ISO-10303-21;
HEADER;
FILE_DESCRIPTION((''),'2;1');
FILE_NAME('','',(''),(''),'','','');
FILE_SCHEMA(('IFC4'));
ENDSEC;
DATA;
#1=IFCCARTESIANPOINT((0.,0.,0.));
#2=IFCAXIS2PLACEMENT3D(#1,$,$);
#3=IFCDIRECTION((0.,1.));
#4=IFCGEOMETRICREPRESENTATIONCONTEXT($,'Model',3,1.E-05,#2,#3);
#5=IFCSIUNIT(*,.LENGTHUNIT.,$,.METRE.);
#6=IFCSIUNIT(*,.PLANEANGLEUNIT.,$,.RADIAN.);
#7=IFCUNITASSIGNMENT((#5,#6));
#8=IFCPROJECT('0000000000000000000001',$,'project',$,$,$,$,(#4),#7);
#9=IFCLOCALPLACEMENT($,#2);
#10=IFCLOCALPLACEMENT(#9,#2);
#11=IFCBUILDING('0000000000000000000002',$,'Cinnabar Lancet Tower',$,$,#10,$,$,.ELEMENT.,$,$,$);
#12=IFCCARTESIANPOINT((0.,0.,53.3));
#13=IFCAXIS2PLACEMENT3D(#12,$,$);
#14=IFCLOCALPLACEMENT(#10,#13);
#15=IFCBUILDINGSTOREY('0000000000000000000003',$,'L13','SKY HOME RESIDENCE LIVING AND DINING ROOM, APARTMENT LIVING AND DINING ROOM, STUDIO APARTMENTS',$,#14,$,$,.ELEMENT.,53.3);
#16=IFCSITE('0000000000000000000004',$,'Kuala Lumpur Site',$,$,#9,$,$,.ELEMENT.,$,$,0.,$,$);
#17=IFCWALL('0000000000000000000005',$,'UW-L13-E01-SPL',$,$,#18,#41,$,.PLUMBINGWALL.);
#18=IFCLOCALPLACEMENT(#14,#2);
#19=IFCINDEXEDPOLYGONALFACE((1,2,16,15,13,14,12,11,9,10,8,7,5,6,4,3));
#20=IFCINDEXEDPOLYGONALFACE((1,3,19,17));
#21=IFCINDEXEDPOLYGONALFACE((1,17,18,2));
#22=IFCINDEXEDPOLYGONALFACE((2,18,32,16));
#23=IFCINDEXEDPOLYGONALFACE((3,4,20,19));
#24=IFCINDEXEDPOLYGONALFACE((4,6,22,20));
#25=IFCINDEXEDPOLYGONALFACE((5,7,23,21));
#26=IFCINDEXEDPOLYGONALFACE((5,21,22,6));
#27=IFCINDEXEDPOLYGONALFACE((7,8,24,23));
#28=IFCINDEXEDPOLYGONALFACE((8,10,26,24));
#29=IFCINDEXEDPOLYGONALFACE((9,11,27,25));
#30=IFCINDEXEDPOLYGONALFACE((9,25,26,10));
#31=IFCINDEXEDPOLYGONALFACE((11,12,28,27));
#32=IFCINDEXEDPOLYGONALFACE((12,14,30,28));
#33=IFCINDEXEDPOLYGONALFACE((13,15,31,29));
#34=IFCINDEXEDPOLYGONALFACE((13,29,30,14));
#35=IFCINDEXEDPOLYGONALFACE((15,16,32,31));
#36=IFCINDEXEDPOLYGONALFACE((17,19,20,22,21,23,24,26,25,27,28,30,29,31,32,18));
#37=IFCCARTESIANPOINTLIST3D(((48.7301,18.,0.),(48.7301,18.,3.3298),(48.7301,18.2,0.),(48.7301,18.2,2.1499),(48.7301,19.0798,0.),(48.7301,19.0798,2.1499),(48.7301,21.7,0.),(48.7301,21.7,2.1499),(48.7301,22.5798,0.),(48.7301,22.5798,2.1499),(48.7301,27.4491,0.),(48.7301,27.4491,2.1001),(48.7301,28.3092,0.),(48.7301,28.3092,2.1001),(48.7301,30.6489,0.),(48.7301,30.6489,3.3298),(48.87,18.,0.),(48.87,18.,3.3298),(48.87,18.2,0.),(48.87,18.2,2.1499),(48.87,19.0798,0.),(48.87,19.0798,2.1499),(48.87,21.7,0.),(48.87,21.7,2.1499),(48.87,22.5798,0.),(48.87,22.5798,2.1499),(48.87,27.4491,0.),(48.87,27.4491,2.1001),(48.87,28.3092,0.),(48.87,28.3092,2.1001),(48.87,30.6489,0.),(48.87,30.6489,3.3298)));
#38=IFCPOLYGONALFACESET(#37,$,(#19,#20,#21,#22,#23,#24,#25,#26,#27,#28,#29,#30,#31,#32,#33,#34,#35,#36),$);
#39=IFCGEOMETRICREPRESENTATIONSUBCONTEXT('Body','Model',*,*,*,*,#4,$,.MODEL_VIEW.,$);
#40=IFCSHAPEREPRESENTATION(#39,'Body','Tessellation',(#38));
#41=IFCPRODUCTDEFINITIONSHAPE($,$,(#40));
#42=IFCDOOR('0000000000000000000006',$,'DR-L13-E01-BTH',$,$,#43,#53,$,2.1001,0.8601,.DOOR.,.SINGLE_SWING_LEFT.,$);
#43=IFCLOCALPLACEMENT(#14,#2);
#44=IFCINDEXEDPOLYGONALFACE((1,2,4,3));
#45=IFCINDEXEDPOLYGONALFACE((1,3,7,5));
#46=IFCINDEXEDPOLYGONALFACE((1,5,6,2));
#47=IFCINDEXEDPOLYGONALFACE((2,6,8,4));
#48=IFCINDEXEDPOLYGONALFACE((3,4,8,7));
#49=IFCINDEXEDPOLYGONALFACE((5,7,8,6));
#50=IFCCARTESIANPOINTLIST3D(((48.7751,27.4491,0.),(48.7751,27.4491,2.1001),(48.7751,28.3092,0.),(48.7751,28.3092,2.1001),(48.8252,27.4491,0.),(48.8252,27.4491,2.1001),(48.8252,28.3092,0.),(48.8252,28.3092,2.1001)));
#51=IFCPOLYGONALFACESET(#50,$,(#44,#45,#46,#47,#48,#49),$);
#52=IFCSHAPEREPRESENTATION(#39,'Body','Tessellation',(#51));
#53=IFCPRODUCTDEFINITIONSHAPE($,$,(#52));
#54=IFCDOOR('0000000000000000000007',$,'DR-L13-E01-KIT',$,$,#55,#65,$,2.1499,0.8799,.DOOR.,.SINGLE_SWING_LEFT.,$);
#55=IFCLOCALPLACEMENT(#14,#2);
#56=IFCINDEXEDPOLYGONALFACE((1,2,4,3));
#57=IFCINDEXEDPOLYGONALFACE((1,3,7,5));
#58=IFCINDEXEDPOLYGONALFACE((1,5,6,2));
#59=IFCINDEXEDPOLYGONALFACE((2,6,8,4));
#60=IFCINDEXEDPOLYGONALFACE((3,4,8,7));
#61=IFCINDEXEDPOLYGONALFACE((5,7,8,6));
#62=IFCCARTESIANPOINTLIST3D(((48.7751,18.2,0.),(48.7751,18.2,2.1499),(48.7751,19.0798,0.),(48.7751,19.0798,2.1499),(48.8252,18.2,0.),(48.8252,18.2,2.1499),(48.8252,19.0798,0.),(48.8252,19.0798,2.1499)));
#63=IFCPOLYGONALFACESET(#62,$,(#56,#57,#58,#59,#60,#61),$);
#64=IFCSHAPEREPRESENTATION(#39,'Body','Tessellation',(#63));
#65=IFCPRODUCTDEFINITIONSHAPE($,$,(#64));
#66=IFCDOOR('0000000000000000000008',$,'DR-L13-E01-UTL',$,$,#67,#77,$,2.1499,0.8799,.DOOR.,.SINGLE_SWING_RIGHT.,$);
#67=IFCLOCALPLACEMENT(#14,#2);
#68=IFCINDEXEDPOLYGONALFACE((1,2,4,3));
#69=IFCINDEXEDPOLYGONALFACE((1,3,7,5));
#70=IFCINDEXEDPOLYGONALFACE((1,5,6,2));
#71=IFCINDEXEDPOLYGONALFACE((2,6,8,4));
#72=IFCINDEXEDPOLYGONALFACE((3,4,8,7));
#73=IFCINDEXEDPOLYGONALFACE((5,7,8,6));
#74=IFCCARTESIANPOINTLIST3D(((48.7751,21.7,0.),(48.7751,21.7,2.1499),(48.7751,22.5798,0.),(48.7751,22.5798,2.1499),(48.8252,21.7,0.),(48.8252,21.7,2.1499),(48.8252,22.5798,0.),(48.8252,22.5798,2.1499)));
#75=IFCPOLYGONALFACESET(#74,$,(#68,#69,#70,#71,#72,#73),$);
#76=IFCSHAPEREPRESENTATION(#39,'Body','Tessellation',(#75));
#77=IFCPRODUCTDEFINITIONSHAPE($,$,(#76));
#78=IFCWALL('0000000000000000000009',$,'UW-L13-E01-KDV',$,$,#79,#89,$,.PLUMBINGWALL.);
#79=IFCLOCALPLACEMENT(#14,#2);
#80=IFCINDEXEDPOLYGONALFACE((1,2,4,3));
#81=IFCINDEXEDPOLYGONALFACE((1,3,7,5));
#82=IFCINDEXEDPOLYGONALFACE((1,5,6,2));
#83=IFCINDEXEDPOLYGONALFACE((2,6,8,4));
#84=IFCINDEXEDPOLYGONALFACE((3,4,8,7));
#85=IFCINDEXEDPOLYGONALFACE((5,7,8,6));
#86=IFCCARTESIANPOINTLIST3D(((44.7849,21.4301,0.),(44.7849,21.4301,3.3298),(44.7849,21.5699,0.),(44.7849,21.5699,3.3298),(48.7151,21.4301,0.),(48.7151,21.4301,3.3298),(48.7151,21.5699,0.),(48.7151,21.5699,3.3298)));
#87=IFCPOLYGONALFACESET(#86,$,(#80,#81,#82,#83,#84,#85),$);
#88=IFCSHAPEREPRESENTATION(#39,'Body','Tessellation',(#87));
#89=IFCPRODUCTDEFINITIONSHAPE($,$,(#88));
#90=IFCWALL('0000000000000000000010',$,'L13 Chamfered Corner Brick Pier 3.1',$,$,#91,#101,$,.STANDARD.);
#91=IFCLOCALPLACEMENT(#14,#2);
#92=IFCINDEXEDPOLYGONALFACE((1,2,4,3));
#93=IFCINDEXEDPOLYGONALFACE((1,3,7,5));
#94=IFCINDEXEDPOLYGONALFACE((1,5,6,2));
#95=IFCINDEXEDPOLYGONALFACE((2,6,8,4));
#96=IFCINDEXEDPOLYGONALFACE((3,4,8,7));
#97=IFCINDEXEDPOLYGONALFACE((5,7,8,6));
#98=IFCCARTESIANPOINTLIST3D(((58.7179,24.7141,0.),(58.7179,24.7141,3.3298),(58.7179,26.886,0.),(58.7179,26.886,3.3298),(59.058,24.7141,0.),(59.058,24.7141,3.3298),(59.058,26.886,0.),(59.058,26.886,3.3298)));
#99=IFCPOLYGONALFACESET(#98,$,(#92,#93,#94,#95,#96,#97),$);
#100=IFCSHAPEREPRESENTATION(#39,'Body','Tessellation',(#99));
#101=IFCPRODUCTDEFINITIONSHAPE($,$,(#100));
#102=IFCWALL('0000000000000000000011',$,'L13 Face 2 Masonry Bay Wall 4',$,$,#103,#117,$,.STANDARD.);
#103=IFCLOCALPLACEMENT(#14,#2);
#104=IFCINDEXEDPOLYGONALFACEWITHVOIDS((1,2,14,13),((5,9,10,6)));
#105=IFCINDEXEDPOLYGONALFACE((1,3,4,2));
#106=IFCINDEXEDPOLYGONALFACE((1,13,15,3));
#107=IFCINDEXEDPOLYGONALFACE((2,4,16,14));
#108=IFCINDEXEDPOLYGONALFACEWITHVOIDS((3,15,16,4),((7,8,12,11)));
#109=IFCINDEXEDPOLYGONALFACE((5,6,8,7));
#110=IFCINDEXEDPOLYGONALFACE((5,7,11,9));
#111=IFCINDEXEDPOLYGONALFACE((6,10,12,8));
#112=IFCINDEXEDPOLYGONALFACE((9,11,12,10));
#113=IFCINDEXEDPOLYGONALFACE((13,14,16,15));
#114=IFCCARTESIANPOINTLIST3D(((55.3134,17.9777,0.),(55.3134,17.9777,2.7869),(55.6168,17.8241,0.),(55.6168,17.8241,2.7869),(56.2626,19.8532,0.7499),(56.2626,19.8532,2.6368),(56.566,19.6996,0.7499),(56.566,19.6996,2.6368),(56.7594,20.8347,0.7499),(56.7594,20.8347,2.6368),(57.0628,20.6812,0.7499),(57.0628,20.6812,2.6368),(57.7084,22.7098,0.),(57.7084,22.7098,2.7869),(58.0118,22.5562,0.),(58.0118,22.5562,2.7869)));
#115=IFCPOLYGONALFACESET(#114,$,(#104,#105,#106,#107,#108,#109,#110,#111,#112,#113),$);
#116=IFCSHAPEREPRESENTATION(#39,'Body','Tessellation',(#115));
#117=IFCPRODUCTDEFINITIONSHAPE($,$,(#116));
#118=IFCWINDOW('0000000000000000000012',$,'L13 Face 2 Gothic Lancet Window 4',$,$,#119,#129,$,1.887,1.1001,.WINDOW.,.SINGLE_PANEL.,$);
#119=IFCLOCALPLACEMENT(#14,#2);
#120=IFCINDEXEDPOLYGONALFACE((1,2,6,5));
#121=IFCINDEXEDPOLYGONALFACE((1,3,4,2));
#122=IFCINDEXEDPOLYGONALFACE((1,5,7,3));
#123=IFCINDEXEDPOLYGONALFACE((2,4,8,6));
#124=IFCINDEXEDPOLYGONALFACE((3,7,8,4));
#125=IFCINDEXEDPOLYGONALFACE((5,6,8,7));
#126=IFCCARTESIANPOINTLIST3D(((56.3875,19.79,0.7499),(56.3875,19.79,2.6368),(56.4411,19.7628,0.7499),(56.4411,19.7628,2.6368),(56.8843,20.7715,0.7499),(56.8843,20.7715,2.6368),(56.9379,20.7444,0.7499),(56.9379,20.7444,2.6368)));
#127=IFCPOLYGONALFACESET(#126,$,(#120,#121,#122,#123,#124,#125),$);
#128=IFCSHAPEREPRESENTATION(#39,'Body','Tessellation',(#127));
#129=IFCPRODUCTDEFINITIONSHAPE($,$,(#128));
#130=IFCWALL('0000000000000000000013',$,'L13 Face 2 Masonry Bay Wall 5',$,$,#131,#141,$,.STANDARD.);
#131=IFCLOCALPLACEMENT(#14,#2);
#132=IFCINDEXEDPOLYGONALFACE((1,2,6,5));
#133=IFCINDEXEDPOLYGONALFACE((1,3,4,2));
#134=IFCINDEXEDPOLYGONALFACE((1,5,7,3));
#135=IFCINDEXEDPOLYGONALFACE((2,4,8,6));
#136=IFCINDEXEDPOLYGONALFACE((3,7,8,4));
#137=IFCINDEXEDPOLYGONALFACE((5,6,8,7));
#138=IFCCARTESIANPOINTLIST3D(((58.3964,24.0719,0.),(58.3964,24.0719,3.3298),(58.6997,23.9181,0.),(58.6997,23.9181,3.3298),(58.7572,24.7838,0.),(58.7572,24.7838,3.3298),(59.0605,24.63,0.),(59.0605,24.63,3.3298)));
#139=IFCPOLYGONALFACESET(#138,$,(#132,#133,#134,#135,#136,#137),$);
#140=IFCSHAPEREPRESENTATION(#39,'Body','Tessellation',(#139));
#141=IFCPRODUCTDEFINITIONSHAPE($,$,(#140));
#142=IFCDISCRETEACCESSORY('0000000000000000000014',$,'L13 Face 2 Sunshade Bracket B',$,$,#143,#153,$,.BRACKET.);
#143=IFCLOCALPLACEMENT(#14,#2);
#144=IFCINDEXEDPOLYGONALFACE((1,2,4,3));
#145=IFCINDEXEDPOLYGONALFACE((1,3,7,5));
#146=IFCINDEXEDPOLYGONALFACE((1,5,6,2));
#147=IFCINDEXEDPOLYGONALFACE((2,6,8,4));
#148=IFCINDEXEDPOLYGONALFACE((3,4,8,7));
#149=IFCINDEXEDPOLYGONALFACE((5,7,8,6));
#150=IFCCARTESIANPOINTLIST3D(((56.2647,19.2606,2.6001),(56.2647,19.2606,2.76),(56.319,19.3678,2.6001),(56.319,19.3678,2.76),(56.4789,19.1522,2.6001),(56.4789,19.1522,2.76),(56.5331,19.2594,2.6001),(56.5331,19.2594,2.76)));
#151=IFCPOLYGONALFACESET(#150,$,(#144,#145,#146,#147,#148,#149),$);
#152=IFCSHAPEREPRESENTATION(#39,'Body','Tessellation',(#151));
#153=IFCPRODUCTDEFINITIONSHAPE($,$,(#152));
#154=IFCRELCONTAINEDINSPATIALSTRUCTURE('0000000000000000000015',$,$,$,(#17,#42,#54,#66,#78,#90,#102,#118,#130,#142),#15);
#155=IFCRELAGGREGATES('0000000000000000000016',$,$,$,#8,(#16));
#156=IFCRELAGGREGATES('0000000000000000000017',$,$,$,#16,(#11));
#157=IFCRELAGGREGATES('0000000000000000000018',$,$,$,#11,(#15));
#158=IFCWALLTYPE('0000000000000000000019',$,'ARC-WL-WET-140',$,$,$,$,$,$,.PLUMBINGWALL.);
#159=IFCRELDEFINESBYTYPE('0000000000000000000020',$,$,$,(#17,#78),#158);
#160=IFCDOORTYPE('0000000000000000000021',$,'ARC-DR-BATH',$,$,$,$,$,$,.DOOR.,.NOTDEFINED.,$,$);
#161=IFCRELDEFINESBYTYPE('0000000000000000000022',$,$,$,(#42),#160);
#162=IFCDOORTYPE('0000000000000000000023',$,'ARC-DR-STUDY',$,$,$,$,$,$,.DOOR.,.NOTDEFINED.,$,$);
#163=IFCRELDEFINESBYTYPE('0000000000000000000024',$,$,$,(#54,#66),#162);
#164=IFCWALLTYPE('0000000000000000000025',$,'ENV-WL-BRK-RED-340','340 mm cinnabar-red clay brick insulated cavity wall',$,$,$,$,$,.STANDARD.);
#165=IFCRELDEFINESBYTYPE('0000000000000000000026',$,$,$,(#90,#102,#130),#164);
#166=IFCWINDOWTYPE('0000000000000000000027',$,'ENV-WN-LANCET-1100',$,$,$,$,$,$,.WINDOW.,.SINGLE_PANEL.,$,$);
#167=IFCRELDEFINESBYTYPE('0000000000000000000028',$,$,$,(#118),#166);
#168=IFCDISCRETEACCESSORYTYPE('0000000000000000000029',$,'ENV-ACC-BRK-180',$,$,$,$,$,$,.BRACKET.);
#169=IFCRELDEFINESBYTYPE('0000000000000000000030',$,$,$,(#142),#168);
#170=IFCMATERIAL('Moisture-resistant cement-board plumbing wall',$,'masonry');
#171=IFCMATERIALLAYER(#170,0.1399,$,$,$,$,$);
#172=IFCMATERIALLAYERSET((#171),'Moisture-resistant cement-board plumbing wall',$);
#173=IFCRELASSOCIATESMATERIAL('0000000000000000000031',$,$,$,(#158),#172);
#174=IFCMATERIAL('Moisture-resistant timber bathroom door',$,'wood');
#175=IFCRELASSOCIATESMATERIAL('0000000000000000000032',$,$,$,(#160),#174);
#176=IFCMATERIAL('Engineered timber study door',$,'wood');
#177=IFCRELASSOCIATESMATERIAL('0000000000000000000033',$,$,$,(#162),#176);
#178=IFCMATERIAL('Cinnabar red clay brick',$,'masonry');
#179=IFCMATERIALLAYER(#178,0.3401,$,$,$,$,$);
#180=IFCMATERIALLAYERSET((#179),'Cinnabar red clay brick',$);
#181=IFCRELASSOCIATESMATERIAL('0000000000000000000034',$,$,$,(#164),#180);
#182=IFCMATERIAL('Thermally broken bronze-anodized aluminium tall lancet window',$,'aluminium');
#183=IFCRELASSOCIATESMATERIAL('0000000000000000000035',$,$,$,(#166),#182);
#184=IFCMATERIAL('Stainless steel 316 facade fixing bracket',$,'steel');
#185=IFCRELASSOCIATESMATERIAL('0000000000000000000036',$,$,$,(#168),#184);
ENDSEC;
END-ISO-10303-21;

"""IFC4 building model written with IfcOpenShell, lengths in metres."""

from ifc_helpers import new_model, si_unit, direction, frame, frame_2d, origin, origin_2d, place, context, subcontext, project, spatial, rectangle, extrude, material, layer, layer_set, type_object, element, fill, save


model = new_model("IFC4")

# Units and contexts
model_context = context("Model", 3, precision=1e-05, world=origin(), true_north=direction((0.0, 1.0)))
body_context = subcontext(model_context, "Body", "Model", "MODEL_VIEW")
ifc_project = project(units=[si_unit("LENGTHUNIT", "METRE"), si_unit("PLANEANGLEUNIT", "RADIAN")], contexts=[model_context])

# Site, building, storey
site_placement = place(None, origin())
site = spatial("IfcSite", under=ifc_project, at=site_placement, Name="Kuala Lumpur Site", CompositionType="ELEMENT", RefElevation=0.0)
building_placement = place(site_placement, origin())
building = spatial("IfcBuilding", under=site, at=building_placement, Name="Cinnabar Lancet Tower", CompositionType="ELEMENT")
storey_placement = place(building_placement, frame((0.0, 0.0, 53.3)))
storey = spatial("IfcBuildingStorey", under=building, at=storey_placement, Name="L13", Description="SKY HOME RESIDENCE LIVING AND DINING ROOM, APARTMENT LIVING AND DINING ROOM, STUDIO APARTMENTS", CompositionType="ELEMENT", Elevation=53.3)

# Wall, openings, doors
ifc_material_1 = material(Name="Moisture-resistant cement-board plumbing wall", Category="masonry")
ifc_layer_1 = layer(ifc_material_1, 0.1399)
ifc_layer_set_1 = layer_set([ifc_layer_1], Name="Moisture-resistant cement-board plumbing wall")
wall_type_1 = type_object("IfcWallType", Name="ARC-WL-WET-140", PredefinedType="PLUMBINGWALL", material=ifc_layer_set_1)
wall_1_placement = place(storey_placement, frame((48.8, 18.0, 0.0), z_axis=(0.0, 0.0, 1.0), x_axis=(0.0, 1.0, 0.0)))
wall_1 = element("IfcWall", 1, at=wall_1_placement, inside=storey, type_object=wall_type_1, Name="UW-L13-E01-SPL", PredefinedType="PLUMBINGWALL", context=body_context, shape_type="SweptSolid", body=[
    extrude(rectangle(XDim=12.6489, YDim=0.1399, at=frame_2d((6.3245, 0.0))), origin(), (0.0, 0.0, 1.0), 3.3298),
])
opening_1_placement = place(wall_1_placement, frame((0.2, 0.0, 0.0)))
opening_1 = element("IfcOpeningElement", 2, at=opening_1_placement, cuts=wall_1, PredefinedType="OPENING", context=body_context, shape_type="SweptSolid", body=[
    extrude(rectangle(XDim=0.8799, YDim=2.1499, at=frame_2d((0.4399, 1.075))), frame((0.0, 0.0798, 0.0), z_axis=(0.0, -1.0, 0.0), x_axis=(1.0, 0.0, 0.0)), (0.0, 0.0, 1.0), 0.1599),
])
opening_2_placement = place(wall_1_placement, frame((3.7, 0.0, 0.0)))
opening_2 = element("IfcOpeningElement", 3, at=opening_2_placement, cuts=wall_1, PredefinedType="OPENING", context=body_context, shape_type="SweptSolid", body=[
    extrude(rectangle(XDim=0.8799, YDim=2.1499, at=frame_2d((0.4399, 1.075))), frame((0.0, 0.0798, 0.0), z_axis=(0.0, -1.0, 0.0), x_axis=(1.0, 0.0, 0.0)), (0.0, 0.0, 1.0), 0.1599),
])
opening_3_placement = place(wall_1_placement, frame((9.449, 0.0, 0.0)))
opening_3 = element("IfcOpeningElement", 4, at=opening_3_placement, cuts=wall_1, PredefinedType="OPENING", context=body_context, shape_type="SweptSolid", body=[
    extrude(rectangle(XDim=0.8601, YDim=2.1001, at=frame_2d((0.4302, 1.05))), frame((0.0, 0.0798, 0.0), z_axis=(0.0, -1.0, 0.0), x_axis=(1.0, 0.0, 0.0)), (0.0, 0.0, 1.0), 0.1599),
])
ifc_material_2 = material(Name="Moisture-resistant timber bathroom door", Category="wood")
door_type_1 = type_object("IfcDoorType", Name="ARC-DR-BATH", OperationType="NOTDEFINED", PredefinedType="DOOR", material=ifc_material_2)
door_1_placement = place(opening_3_placement, origin())
door_1 = element("IfcDoor", 5, at=door_1_placement, inside=storey, type_object=door_type_1, Name="DR-L13-E01-BTH", OperationType="SINGLE_SWING_LEFT", OverallHeight=2.1001, OverallWidth=0.8601, PredefinedType="DOOR", context=body_context, shape_type="SweptSolid", body=[
    extrude(rectangle(XDim=0.8601, YDim=2.1001, at=frame_2d((0.4302, 1.05))), frame((0.0, 0.0249, 0.0), z_axis=(0.0, -1.0, 0.0), x_axis=(1.0, 0.0, 0.0)), (0.0, 0.0, 1.0), 0.05),
])
fill(opening_3, door_1)
ifc_material_3 = material(Name="Engineered timber study door", Category="wood")
door_type_2 = type_object("IfcDoorType", Name="ARC-DR-STUDY", OperationType="NOTDEFINED", PredefinedType="DOOR", material=ifc_material_3)
door_2_placement = place(opening_1_placement, origin())
door_2 = element("IfcDoor", 6, at=door_2_placement, inside=storey, type_object=door_type_2, Name="DR-L13-E01-KIT", OperationType="SINGLE_SWING_LEFT", OverallHeight=2.1499, OverallWidth=0.8799, PredefinedType="DOOR", context=body_context, shape_type="SweptSolid", body=[
    extrude(rectangle(XDim=0.8799, YDim=2.1499, at=frame_2d((0.4399, 1.075))), frame((0.0, 0.0249, 0.0), z_axis=(0.0, -1.0, 0.0), x_axis=(1.0, 0.0, 0.0)), (0.0, 0.0, 1.0), 0.05),
])
fill(opening_1, door_2)
door_3_placement = place(opening_2_placement, origin())
door_3 = element("IfcDoor", 7, at=door_3_placement, inside=storey, type_object=door_type_2, Name="DR-L13-E01-UTL", OperationType="SINGLE_SWING_RIGHT", OverallHeight=2.1499, OverallWidth=0.8799, PredefinedType="DOOR", context=body_context, shape_type="SweptSolid", body=[
    extrude(rectangle(XDim=0.8799, YDim=2.1499, at=frame_2d((0.4399, 1.075))), frame((0.0, 0.0249, 0.0), z_axis=(0.0, -1.0, 0.0), x_axis=(1.0, 0.0, 0.0)), (0.0, 0.0, 1.0), 0.05),
])
fill(opening_2, door_3)

# Walls
wall_2_placement = place(storey_placement, frame((44.7849, 21.5, 0.0), z_axis=(0.0, 0.0, 1.0), x_axis=(1.0, 0.0, 0.0)))
element("IfcWall", 8, at=wall_2_placement, inside=storey, type_object=wall_type_1, Name="UW-L13-E01-KDV", PredefinedType="PLUMBINGWALL", context=body_context, shape_type="SweptSolid", body=[
    extrude(rectangle(XDim=3.9302, YDim=0.1399, at=frame_2d((1.9651, 0.0))), origin(), (0.0, 0.0, 1.0), 3.3298),
])
ifc_material_4 = material(Name="Cinnabar red clay brick", Category="masonry")
ifc_layer_2 = layer(ifc_material_4, 0.3401)
ifc_layer_set_2 = layer_set([ifc_layer_2], Name="Cinnabar red clay brick")
wall_type_2 = type_object("IfcWallType", Name="ENV-WL-BRK-RED-340", Description="340 mm cinnabar-red clay brick insulated cavity wall", PredefinedType="STANDARD", material=ifc_layer_set_2)
wall_3_placement = place(storey_placement, frame((58.8879, 24.7141, 0.0), z_axis=(0.0, 0.0, 1.0), x_axis=(0.0, 1.0, 0.0)))
element("IfcWall", 9, at=wall_3_placement, inside=storey, type_object=wall_type_2, Name="L13 Chamfered Corner Brick Pier 3.1", PredefinedType="STANDARD", context=body_context, shape_type="SweptSolid", body=[
    extrude(rectangle(XDim=2.1719, YDim=0.3401, at=frame_2d((1.0859, 0.0))), origin(), (0.0, 0.0, 1.0), 3.3298),
])

# Wall, opening, window
wall_4_placement = place(storey_placement, frame((55.4651, 17.9009, 0.0), z_axis=(0.0, 0.0, 1.0), x_axis=(0.451572, 0.892235, 0.0)))
wall_4 = element("IfcWall", 10, at=wall_4_placement, inside=storey, type_object=wall_type_2, Name="L13 Face 2 Masonry Bay Wall 4", PredefinedType="STANDARD", context=body_context, shape_type="SweptSolid", body=[
    extrude(rectangle(XDim=5.3037, YDim=0.3401, at=frame_2d((2.6519, 0.0))), origin(), (0.0, 0.0, 1.0), 2.7869),
])
opening_4_placement = place(wall_4_placement, frame((2.1021, 0.0, 0.75)))
opening_4 = element("IfcOpeningElement", 11, at=opening_4_placement, cuts=wall_4, PredefinedType="OPENING", context=body_context, shape_type="SweptSolid", body=[
    extrude(rectangle(XDim=1.1001, YDim=1.887, at=frame_2d((0.55, 0.9434))), frame((0.0, 0.1799, 0.0), z_axis=(0.0, -1.0, 0.0), x_axis=(1.0, 0.0, 0.0)), (0.0, 0.0, 1.0), 0.3601),
])
ifc_material_5 = material(Name="Thermally broken bronze-anodized aluminium tall lancet window", Category="aluminium")
window_type = type_object("IfcWindowType", Name="ENV-WN-LANCET-1100", PartitioningType="SINGLE_PANEL", PredefinedType="WINDOW", material=ifc_material_5)
window_placement = place(opening_4_placement, origin())
window = element("IfcWindow", 12, at=window_placement, inside=storey, type_object=window_type, Name="L13 Face 2 Gothic Lancet Window 4", OverallHeight=1.887, OverallWidth=1.1001, PartitioningType="SINGLE_PANEL", PredefinedType="WINDOW", context=body_context, shape_type="SweptSolid", body=[
    extrude(rectangle(XDim=1.1001, YDim=1.887, at=frame_2d((0.55, 0.9434))), frame((0.0, 0.03, 0.0), z_axis=(0.0, -1.0, 0.0), x_axis=(1.0, 0.0, 0.0)), (0.0, 0.0, 1.0), 0.0601),
])
fill(opening_4, window)

# Wall
wall_5_placement = place(storey_placement, frame((58.5481, 23.9951, 0.0), z_axis=(0.0, 0.0, 1.0), x_axis=(0.452101, 0.891967, 0.0)))
element("IfcWall", 13, at=wall_5_placement, inside=storey, type_object=wall_type_2, Name="L13 Face 2 Masonry Bay Wall 5", PredefinedType="STANDARD", context=body_context, shape_type="SweptSolid", body=[
    extrude(rectangle(XDim=0.7981, YDim=0.3401, at=frame_2d((0.3989, 0.0))), origin(), (0.0, 0.0, 1.0), 3.3298),
])

# Discrete accessory
ifc_material_6 = material(Name="Stainless steel 316 facade fixing bracket", Category="steel")
discrete_accessory_type = type_object("IfcDiscreteAccessoryType", Name="ENV-ACC-BRK-180", PredefinedType="BRACKET", material=ifc_material_6)
discrete_accessory_placement = place(storey_placement, frame((56.3989, 19.26, 2.6001), z_axis=(0.0, 0.0, 1.0), x_axis=(0.451501, 0.892271, 0.0)))
element("IfcDiscreteAccessory", 14, at=discrete_accessory_placement, inside=storey, type_object=discrete_accessory_type, Name="L13 Face 2 Sunshade Bracket B", PredefinedType="BRACKET", context=body_context, shape_type="SweptSolid", body=[
    extrude(rectangle(XDim=0.1201, YDim=0.24, at=origin_2d()), origin(), (0.0, 0.0, 1.0), 0.1599),
])

save(model, "model.ifc")
